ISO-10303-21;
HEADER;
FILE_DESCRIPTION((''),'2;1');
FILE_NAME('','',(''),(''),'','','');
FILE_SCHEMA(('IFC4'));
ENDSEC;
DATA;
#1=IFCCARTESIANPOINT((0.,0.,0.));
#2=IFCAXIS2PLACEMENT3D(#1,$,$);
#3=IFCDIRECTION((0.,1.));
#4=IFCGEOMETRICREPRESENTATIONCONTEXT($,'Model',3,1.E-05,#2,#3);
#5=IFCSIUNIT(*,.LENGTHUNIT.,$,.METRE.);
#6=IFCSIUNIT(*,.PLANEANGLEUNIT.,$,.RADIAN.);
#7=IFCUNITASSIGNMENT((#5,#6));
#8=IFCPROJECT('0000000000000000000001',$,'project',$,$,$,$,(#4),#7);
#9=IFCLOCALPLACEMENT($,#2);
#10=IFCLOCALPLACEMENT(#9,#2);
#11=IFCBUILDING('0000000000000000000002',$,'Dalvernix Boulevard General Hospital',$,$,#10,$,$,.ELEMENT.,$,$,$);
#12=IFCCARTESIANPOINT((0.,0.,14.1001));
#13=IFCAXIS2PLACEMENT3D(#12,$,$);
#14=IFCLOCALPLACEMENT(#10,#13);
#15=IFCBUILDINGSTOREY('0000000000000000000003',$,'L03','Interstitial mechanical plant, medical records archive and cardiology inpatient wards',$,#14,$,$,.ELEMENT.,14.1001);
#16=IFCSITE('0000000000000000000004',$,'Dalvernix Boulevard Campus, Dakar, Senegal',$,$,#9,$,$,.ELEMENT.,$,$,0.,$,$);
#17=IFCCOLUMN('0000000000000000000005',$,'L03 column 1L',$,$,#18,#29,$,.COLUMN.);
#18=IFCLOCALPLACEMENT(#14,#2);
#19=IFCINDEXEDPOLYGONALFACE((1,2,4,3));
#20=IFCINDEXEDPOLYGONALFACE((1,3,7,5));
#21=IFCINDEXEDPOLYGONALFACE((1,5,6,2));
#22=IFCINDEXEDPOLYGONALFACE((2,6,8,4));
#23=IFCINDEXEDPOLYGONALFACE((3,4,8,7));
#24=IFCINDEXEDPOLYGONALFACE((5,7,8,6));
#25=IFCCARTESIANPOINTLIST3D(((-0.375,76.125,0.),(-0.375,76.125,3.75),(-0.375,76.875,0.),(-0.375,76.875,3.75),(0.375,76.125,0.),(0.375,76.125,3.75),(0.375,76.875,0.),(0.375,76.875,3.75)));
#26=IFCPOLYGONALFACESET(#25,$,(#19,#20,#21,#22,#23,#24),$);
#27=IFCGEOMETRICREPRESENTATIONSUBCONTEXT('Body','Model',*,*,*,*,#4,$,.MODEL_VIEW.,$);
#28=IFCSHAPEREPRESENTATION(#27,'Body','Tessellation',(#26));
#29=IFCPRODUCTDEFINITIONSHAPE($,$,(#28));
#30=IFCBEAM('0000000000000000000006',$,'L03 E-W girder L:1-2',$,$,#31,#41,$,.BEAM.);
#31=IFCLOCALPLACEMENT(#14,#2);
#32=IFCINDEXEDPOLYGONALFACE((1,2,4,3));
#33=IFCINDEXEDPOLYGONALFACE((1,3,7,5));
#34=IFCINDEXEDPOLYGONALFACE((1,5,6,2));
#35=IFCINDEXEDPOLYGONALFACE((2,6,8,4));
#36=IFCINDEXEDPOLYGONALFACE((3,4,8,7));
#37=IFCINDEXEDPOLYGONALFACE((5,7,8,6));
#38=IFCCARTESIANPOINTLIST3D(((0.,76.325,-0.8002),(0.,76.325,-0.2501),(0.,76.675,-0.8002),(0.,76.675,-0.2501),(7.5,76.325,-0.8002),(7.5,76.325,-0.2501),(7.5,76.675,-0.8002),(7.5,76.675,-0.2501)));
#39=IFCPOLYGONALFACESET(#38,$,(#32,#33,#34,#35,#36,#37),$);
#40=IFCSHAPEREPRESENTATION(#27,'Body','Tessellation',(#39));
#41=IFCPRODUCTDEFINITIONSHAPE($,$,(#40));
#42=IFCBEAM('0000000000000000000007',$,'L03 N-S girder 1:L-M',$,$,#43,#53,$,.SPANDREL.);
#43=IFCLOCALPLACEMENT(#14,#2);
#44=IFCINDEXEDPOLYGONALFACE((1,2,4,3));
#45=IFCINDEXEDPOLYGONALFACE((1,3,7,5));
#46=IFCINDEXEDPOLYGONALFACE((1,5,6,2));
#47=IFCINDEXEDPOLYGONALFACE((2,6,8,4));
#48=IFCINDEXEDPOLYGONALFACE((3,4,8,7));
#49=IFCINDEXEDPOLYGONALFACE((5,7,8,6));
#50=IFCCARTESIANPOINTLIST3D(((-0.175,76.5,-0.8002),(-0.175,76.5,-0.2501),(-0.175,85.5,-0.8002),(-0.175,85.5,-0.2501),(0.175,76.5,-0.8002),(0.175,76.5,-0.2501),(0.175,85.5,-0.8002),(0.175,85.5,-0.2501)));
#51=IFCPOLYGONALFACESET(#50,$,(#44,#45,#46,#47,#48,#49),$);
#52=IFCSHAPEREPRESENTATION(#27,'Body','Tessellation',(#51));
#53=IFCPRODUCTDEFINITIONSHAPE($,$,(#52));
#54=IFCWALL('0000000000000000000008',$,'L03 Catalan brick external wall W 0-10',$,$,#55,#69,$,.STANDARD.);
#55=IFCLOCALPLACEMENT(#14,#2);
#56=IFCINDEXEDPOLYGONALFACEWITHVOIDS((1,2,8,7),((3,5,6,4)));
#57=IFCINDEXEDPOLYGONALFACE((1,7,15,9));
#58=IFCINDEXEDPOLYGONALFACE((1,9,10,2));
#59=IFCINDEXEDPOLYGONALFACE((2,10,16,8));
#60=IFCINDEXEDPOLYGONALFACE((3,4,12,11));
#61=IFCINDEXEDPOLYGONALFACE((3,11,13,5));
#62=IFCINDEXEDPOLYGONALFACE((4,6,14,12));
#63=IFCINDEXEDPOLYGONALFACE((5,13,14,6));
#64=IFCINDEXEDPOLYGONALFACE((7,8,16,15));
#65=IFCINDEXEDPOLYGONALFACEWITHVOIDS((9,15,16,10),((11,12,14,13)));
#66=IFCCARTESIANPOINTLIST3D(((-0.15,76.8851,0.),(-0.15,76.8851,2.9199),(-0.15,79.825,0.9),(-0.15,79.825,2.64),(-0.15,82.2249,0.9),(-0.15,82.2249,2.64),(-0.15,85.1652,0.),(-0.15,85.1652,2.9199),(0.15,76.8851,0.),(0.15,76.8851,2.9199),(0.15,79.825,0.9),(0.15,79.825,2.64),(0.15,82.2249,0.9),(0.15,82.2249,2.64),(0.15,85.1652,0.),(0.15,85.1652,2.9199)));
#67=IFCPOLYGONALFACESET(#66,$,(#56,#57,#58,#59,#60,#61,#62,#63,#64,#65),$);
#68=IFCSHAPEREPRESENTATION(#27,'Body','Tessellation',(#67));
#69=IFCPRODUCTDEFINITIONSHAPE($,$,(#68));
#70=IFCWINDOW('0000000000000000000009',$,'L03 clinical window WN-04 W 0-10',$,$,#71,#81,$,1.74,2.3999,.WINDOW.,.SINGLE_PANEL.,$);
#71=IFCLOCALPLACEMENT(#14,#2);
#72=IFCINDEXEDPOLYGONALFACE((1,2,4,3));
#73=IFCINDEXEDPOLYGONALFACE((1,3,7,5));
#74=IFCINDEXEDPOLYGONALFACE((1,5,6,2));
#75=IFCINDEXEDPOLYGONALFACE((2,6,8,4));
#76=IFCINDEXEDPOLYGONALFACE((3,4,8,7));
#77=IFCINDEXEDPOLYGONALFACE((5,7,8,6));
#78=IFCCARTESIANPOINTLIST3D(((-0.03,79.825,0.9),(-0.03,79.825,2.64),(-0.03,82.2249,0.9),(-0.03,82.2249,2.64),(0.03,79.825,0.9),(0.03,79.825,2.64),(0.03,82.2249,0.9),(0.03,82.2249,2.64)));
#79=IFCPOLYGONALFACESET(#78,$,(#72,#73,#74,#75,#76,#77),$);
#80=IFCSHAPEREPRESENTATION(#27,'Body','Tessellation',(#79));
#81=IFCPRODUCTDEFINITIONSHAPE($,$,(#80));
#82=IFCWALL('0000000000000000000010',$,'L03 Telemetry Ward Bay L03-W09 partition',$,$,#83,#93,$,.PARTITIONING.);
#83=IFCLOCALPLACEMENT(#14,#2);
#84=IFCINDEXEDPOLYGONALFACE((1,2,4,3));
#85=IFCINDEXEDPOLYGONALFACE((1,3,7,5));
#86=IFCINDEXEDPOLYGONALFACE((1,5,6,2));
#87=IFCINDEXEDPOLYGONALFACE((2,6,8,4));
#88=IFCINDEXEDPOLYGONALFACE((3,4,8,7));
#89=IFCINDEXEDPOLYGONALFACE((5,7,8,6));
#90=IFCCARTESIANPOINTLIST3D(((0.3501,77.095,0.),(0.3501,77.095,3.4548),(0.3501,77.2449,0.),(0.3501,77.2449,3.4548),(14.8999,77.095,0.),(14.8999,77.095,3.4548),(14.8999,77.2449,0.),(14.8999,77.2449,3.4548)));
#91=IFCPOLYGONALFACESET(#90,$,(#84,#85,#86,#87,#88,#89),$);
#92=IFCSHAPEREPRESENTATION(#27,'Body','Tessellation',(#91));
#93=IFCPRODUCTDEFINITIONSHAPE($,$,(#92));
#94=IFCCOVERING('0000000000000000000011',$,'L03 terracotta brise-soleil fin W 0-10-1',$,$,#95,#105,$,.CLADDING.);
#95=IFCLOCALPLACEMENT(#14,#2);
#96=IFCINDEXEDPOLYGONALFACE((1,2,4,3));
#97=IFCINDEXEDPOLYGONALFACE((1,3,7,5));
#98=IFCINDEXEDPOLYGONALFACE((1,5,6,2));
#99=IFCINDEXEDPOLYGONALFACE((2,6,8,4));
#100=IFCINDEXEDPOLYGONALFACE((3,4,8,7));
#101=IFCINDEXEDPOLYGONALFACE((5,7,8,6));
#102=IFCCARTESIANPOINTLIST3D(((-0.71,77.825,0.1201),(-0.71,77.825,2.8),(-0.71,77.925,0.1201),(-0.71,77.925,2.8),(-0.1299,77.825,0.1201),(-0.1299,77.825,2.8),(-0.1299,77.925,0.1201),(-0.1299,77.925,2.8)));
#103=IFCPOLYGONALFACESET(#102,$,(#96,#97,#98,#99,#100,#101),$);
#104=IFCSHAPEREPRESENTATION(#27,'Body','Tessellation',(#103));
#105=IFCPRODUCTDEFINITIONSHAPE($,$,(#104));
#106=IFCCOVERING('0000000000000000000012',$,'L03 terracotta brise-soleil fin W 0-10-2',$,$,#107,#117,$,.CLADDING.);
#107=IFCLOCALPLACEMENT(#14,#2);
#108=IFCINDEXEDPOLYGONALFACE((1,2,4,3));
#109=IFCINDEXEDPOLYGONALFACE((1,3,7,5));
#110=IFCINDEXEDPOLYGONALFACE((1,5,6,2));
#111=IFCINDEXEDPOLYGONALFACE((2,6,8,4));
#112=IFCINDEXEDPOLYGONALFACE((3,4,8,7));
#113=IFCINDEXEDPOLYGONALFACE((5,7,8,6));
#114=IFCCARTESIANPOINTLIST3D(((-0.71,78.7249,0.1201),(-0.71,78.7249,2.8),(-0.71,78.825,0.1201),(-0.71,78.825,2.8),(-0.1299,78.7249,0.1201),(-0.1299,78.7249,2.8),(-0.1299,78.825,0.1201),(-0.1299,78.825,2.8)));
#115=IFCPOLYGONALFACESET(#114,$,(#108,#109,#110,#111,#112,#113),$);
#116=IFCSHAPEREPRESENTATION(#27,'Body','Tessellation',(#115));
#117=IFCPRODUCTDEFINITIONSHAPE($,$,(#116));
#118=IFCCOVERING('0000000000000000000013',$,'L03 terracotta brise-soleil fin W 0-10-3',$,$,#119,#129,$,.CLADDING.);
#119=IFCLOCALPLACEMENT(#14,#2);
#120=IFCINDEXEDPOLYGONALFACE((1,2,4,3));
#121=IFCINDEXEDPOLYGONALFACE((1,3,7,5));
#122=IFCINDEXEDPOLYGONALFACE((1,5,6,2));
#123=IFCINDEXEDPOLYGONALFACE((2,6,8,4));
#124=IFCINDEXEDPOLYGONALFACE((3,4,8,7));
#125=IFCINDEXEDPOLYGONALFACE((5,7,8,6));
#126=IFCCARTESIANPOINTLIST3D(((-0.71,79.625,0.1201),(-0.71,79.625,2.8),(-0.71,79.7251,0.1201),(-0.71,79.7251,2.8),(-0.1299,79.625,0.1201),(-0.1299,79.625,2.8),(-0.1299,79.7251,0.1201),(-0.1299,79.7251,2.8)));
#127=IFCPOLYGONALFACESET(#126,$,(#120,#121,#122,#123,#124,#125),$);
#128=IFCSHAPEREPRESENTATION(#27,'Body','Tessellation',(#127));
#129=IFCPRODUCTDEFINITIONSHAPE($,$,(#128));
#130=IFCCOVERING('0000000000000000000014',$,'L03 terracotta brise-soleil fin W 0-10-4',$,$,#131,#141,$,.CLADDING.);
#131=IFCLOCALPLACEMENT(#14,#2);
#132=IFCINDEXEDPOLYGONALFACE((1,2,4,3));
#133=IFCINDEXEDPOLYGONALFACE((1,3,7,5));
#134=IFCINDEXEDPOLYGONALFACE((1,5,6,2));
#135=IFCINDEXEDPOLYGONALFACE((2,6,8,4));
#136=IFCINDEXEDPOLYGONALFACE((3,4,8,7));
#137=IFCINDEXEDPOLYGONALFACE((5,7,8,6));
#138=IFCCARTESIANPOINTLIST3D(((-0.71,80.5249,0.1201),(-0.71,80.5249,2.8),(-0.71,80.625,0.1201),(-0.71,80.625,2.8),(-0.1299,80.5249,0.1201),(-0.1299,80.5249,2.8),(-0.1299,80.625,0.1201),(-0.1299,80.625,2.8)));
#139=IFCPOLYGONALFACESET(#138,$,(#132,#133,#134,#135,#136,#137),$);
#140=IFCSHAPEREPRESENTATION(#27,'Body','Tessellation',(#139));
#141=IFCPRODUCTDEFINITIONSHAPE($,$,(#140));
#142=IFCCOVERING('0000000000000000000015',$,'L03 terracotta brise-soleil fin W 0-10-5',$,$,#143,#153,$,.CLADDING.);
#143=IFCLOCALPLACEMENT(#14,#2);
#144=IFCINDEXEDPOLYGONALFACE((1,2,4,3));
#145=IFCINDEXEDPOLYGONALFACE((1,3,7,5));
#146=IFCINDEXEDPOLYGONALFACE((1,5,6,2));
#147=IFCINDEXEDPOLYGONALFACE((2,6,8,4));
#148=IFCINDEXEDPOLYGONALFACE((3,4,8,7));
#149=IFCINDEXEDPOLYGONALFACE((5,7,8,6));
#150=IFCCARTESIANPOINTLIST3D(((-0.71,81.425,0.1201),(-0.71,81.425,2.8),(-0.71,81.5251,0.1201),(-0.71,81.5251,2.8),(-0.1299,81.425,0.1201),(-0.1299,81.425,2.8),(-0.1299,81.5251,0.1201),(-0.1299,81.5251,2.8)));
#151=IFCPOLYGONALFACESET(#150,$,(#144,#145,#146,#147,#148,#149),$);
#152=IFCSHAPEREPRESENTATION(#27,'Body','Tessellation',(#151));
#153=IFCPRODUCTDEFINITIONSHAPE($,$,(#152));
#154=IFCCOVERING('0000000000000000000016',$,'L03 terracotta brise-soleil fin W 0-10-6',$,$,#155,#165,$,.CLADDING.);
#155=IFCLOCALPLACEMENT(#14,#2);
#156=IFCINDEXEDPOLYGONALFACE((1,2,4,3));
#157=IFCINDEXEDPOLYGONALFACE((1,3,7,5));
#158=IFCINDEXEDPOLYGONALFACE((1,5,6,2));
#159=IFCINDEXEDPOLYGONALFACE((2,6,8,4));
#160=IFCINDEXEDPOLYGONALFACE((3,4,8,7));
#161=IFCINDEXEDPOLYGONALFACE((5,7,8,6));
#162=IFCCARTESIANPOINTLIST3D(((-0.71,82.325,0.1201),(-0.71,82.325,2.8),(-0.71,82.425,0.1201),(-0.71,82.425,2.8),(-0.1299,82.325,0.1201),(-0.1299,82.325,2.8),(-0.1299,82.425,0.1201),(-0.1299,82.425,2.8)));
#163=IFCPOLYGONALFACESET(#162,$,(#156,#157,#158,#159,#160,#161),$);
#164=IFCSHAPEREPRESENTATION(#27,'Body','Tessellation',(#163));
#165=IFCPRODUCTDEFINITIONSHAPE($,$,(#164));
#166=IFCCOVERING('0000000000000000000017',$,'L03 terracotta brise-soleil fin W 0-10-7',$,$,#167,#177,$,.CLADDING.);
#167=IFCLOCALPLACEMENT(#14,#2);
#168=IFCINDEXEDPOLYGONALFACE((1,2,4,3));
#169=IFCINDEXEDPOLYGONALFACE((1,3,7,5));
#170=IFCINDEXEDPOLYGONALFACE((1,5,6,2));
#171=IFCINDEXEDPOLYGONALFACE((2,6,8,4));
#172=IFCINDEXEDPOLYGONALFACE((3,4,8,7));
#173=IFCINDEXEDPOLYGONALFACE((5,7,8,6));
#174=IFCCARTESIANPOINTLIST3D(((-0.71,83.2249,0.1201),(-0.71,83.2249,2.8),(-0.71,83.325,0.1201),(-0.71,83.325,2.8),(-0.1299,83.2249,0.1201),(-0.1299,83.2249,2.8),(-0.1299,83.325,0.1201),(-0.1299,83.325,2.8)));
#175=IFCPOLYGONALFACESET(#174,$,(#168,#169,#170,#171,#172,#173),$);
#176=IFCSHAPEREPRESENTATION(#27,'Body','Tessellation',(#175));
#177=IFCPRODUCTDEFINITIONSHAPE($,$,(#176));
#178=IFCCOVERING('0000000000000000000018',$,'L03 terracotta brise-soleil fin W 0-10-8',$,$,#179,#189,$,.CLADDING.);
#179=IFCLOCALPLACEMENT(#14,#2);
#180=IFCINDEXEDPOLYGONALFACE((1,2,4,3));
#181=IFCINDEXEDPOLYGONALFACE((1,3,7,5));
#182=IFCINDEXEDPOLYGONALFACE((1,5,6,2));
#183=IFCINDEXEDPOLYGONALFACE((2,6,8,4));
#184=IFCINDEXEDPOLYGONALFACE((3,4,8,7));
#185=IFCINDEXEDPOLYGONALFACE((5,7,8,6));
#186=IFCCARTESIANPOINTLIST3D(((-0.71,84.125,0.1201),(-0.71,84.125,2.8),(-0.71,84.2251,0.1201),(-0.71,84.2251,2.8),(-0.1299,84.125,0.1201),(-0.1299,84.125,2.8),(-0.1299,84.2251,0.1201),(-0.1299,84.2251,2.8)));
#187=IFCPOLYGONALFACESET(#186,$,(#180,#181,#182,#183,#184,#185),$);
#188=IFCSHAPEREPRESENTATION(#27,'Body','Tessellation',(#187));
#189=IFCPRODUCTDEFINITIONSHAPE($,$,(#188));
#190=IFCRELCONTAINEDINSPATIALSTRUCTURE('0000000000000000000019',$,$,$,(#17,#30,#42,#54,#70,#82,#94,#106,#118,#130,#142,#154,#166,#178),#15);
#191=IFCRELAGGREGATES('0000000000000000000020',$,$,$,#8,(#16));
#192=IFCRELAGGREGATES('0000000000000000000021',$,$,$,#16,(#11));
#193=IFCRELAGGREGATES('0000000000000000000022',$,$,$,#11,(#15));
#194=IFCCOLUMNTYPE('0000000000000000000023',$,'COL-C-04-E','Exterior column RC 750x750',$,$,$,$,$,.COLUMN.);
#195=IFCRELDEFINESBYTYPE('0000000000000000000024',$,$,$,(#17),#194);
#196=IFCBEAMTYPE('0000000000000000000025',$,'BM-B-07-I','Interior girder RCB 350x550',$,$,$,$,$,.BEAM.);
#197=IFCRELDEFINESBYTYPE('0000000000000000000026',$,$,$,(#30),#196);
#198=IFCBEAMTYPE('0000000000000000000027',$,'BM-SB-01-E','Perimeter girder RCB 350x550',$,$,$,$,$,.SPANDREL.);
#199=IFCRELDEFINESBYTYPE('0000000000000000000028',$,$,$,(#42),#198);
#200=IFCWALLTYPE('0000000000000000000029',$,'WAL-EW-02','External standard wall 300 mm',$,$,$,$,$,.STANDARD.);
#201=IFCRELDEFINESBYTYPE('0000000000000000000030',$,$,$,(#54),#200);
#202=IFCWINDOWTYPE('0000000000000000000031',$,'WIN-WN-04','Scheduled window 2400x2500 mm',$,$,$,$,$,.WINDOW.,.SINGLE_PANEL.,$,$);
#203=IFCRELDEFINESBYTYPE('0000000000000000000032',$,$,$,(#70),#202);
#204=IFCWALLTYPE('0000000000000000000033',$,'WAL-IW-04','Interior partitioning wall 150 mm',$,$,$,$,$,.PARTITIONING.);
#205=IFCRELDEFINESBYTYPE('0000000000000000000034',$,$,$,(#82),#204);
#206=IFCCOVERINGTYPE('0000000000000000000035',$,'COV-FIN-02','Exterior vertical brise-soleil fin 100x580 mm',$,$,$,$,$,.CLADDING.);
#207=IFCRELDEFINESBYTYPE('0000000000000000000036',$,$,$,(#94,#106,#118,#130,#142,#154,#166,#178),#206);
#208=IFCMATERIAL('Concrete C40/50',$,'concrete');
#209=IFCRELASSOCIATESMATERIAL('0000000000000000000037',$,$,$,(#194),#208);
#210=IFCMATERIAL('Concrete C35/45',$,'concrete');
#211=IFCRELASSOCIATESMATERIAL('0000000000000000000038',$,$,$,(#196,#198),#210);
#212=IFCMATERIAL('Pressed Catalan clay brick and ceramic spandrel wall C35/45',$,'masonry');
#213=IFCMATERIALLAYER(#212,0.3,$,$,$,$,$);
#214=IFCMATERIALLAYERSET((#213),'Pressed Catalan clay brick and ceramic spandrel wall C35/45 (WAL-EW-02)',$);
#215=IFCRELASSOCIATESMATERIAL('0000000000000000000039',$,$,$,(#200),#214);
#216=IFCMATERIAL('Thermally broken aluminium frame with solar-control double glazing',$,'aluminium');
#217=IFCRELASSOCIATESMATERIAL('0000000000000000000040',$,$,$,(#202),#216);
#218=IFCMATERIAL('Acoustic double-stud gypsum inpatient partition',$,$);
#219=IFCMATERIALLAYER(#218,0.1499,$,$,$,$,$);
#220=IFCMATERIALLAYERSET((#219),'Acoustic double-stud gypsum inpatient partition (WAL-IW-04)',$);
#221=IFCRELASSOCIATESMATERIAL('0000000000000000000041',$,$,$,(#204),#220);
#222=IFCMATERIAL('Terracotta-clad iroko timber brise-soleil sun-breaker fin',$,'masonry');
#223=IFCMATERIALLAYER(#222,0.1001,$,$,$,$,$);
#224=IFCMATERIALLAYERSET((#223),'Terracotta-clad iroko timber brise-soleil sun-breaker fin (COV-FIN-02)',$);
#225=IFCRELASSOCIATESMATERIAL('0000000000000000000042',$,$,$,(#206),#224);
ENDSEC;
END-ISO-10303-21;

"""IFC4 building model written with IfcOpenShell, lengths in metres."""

from ifc_helpers import new_model, si_unit, direction, frame, frame_2d, origin, origin_2d, place, context, subcontext, project, spatial, rectangle, extrude, material, layer, layer_set, material_profile, profile_set, type_object, element, fill, save


model = new_model("IFC4")

# Units and contexts
model_context = context("Model", 3, precision=1e-05, world=origin(), true_north=direction((0.0, 1.0)))
body_context = subcontext(model_context, "Body", "Model", "MODEL_VIEW")
ifc_project = project(units=[si_unit("LENGTHUNIT", "METRE"), si_unit("PLANEANGLEUNIT", "RADIAN")], contexts=[model_context])

# Site, building, storey
site_placement = place(None, origin())
site = spatial("IfcSite", under=ifc_project, at=site_placement, Name="Dalvernix Boulevard Campus, Dakar, Senegal", CompositionType="ELEMENT", RefElevation=0.0)
building_placement = place(site_placement, origin())
building = spatial("IfcBuilding", under=site, at=building_placement, Name="Dalvernix Boulevard General Hospital", CompositionType="ELEMENT")
storey_placement = place(building_placement, frame((0.0, 0.0, 14.1001)))
storey = spatial("IfcBuildingStorey", under=building, at=storey_placement, Name="L03", Description="Interstitial mechanical plant, medical records archive and cardiology inpatient wards", CompositionType="ELEMENT", Elevation=14.1001)

# Column
ifc_material_1 = material(Name="Concrete C40/50", Category="concrete")
ifc_material_profile_1 = material_profile(ifc_material_1, rectangle(XDim=0.75, YDim=0.75, at=origin_2d()), Name="RC 750x750")
ifc_profile_set_1 = profile_set([ifc_material_profile_1], Name="Concrete C40/50")
column_type = type_object("IfcColumnType", Name="COL-C-04-E", Description="Exterior column RC 750x750", PredefinedType="COLUMN", material=ifc_profile_set_1)
column_placement = place(storey_placement, frame((0.0, 76.5, 0.0), z_axis=(0.0, 0.0, 1.0), x_axis=(1.0, 0.0, 0.0)))
element("IfcColumn", 1, at=column_placement, inside=storey, type_object=column_type, Name="L03 column 1L", PredefinedType="COLUMN", context=body_context, shape_type="SweptSolid", body=[
    extrude(rectangle(XDim=0.75, YDim=0.75, at=origin_2d()), origin(), (0.0, 0.0, 1.0), 3.75),
])

# Beams
ifc_material_2 = material(Name="Concrete C35/45", Category="concrete")
ifc_material_profile_2 = material_profile(ifc_material_2, rectangle(XDim=0.3501, YDim=0.55, at=origin_2d()), Name="RCB 350x550")
ifc_profile_set_2 = profile_set([ifc_material_profile_2], Name="Concrete C35/45")
beam_type_1 = type_object("IfcBeamType", Name="BM-B-07-I", Description="Interior girder RCB 350x550", PredefinedType="BEAM", material=ifc_profile_set_2)
beam_1_placement = place(storey_placement, frame((0.0, 76.5, -0.5251), z_axis=(1.0, 0.0, 0.0), x_axis=(0.0, 1.0, 0.0)))
element("IfcBeam", 2, at=beam_1_placement, inside=storey, type_object=beam_type_1, Name="L03 E-W girder L:1-2", PredefinedType="BEAM", context=body_context, shape_type="SweptSolid", body=[
    extrude(rectangle(XDim=0.3501, YDim=0.55, at=origin_2d()), origin(), (0.0, 0.0, 1.0), 7.5),
])
ifc_material_profile_3 = material_profile(ifc_material_2, rectangle(XDim=0.3501, YDim=0.55, at=origin_2d()), Name="RCB 350x550")
ifc_profile_set_3 = profile_set([ifc_material_profile_3], Name="Concrete C35/45")
beam_type_2 = type_object("IfcBeamType", Name="BM-SB-01-E", Description="Perimeter girder RCB 350x550", PredefinedType="SPANDREL", material=ifc_profile_set_3)
beam_2_placement = place(storey_placement, frame((0.0, 76.5, -0.5251), z_axis=(0.0, 1.0, 0.0), x_axis=(-1.0, 0.0, 0.0)))
element("IfcBeam", 3, at=beam_2_placement, inside=storey, type_object=beam_type_2, Name="L03 N-S girder 1:L-M", PredefinedType="SPANDREL", context=body_context, shape_type="SweptSolid", body=[
    extrude(rectangle(XDim=0.3501, YDim=0.55, at=origin_2d()), origin(), (0.0, 0.0, 1.0), 9.0),
])

# Wall, opening, window
ifc_material_3 = material(Name="Pressed Catalan clay brick and ceramic spandrel wall C35/45", Category="masonry")
ifc_layer_1 = layer(ifc_material_3, 0.3)
ifc_layer_set_1 = layer_set([ifc_layer_1], Name="Pressed Catalan clay brick and ceramic spandrel wall C35/45 (WAL-EW-02)")
wall_type_1 = type_object("IfcWallType", Name="WAL-EW-02", Description="External standard wall 300 mm", PredefinedType="STANDARD", material=ifc_layer_set_1)
wall_1_placement = place(storey_placement, frame((0.0, 76.885, 0.0), z_axis=(0.0, 0.0, 1.0), x_axis=(0.0, 1.0, 0.0)))
wall_1 = element("IfcWall", 4, at=wall_1_placement, inside=storey, type_object=wall_type_1, Name="L03 Catalan brick external wall W 0-10", PredefinedType="STANDARD", context=body_context, shape_type="SweptSolid", body=[
    extrude(rectangle(XDim=8.28, YDim=0.3, at=frame_2d((4.1401, 0.0))), origin(), (0.0, 0.0, 1.0), 2.9199),
])
opening_placement = place(wall_1_placement, frame((2.9399, 0.0, 0.8999)))
opening = element("IfcOpeningElement", 5, at=opening_placement, cuts=wall_1, PredefinedType="OPENING", context=body_context, shape_type="SweptSolid", body=[
    extrude(rectangle(XDim=2.3999, YDim=1.74, at=frame_2d((1.2, 0.8701))), frame((0.0, 0.1599, 0.0), z_axis=(0.0, -1.0, 0.0), x_axis=(1.0, 0.0, 0.0)), (0.0, 0.0, 1.0), 0.3201),
])
ifc_material_4 = material(Name="Thermally broken aluminium frame with solar-control double glazing", Category="aluminium")
window_type = type_object("IfcWindowType", Name="WIN-WN-04", Description="Scheduled window 2400x2500 mm", PartitioningType="SINGLE_PANEL", PredefinedType="WINDOW", material=ifc_material_4)
window_placement = place(opening_placement, origin())
window = element("IfcWindow", 6, at=window_placement, inside=storey, type_object=window_type, Name="L03 clinical window WN-04 W 0-10", OverallHeight=1.74, OverallWidth=2.3999, PartitioningType="SINGLE_PANEL", PredefinedType="WINDOW", context=body_context, shape_type="SweptSolid", body=[
    extrude(rectangle(XDim=2.3999, YDim=1.74, at=frame_2d((1.2, 0.8701))), frame((0.0, 0.03, 0.0), z_axis=(0.0, -1.0, 0.0), x_axis=(1.0, 0.0, 0.0)), (0.0, 0.0, 1.0), 0.0601),
])
fill(opening, window)

# Wall
ifc_material_5 = material(Name="Acoustic double-stud gypsum inpatient partition")
ifc_layer_2 = layer(ifc_material_5, 0.1499)
ifc_layer_set_2 = layer_set([ifc_layer_2], Name="Acoustic double-stud gypsum inpatient partition (WAL-IW-04)")
wall_type_2 = type_object("IfcWallType", Name="WAL-IW-04", Description="Interior partitioning wall 150 mm", PredefinedType="PARTITIONING", material=ifc_layer_set_2)
wall_2_placement = place(storey_placement, frame((0.3501, 77.1699, 0.0), z_axis=(0.0, 0.0, 1.0), x_axis=(1.0, 0.0, 0.0)))
element("IfcWall", 7, at=wall_2_placement, inside=storey, type_object=wall_type_2, Name="L03 Telemetry Ward Bay L03-W09 partition", PredefinedType="PARTITIONING", context=body_context, shape_type="SweptSolid", body=[
    extrude(rectangle(XDim=14.5498, YDim=0.1499, at=frame_2d((7.2749, 0.0))), origin(), (0.0, 0.0, 1.0), 3.4548),
])

# Coverings
ifc_material_6 = material(Name="Terracotta-clad iroko timber brise-soleil sun-breaker fin", Category="masonry")
ifc_layer_3 = layer(ifc_material_6, 0.1001)
ifc_layer_set_3 = layer_set([ifc_layer_3], Name="Terracotta-clad iroko timber brise-soleil sun-breaker fin (COV-FIN-02)")
covering_type_1 = type_object("IfcCoveringType", Name="COV-FIN-02", Description="Exterior vertical brise-soleil fin 100x580 mm", PredefinedType="CLADDING", material=ifc_layer_set_3)
for number, where, z_axis, x_axis, name in (
    (8, (-0.4199, 77.875, 0.1201), (0.0, 0.0, 1.0), (0.0, 1.0, 0.0), "L03 terracotta brise-soleil fin W 0-10-1"),
    (9, (-0.4199, 78.7749, 0.1201), (0.0, 0.0, 1.0), (0.0, 1.0, 0.0), "L03 terracotta brise-soleil fin W 0-10-2"),
    (10, (-0.4199, 79.675, 0.1201), (0.0, 0.0, 1.0), (0.0, 1.0, 0.0), "L03 terracotta brise-soleil fin W 0-10-3"),
    (11, (-0.4199, 80.575, 0.1201), (0.0, 0.0, 1.0), (0.0, 1.0, 0.0), "L03 terracotta brise-soleil fin W 0-10-4"),
    (12, (-0.4199, 81.4751, 0.1201), (0.0, 0.0, 1.0), (0.0, 1.0, 0.0), "L03 terracotta brise-soleil fin W 0-10-5"),
    (13, (-0.4199, 82.375, 0.1201), (0.0, 0.0, 1.0), (0.0, 1.0, 0.0), "L03 terracotta brise-soleil fin W 0-10-6"),
    (14, (-0.4199, 83.2749, 0.1201), (0.0, 0.0, 1.0), (0.0, 1.0, 0.0), "L03 terracotta brise-soleil fin W 0-10-7"),
    (15, (-0.4199, 84.175, 0.1201), (0.0, 0.0, 1.0), (0.0, 1.0, 0.0), "L03 terracotta brise-soleil fin W 0-10-8"),
):
    element("IfcCovering", number, at=place(storey_placement, frame(where, z_axis=z_axis, x_axis=x_axis)), inside=storey, type_object=covering_type_1, Name=name, PredefinedType="CLADDING", context=body_context, shape_type="SweptSolid", body=[
        extrude(rectangle(XDim=0.1001, YDim=0.5801, at=origin_2d()), origin(), (0.0, 0.0, 1.0), 2.6799),
    ])

save(model, "model.ifc")
